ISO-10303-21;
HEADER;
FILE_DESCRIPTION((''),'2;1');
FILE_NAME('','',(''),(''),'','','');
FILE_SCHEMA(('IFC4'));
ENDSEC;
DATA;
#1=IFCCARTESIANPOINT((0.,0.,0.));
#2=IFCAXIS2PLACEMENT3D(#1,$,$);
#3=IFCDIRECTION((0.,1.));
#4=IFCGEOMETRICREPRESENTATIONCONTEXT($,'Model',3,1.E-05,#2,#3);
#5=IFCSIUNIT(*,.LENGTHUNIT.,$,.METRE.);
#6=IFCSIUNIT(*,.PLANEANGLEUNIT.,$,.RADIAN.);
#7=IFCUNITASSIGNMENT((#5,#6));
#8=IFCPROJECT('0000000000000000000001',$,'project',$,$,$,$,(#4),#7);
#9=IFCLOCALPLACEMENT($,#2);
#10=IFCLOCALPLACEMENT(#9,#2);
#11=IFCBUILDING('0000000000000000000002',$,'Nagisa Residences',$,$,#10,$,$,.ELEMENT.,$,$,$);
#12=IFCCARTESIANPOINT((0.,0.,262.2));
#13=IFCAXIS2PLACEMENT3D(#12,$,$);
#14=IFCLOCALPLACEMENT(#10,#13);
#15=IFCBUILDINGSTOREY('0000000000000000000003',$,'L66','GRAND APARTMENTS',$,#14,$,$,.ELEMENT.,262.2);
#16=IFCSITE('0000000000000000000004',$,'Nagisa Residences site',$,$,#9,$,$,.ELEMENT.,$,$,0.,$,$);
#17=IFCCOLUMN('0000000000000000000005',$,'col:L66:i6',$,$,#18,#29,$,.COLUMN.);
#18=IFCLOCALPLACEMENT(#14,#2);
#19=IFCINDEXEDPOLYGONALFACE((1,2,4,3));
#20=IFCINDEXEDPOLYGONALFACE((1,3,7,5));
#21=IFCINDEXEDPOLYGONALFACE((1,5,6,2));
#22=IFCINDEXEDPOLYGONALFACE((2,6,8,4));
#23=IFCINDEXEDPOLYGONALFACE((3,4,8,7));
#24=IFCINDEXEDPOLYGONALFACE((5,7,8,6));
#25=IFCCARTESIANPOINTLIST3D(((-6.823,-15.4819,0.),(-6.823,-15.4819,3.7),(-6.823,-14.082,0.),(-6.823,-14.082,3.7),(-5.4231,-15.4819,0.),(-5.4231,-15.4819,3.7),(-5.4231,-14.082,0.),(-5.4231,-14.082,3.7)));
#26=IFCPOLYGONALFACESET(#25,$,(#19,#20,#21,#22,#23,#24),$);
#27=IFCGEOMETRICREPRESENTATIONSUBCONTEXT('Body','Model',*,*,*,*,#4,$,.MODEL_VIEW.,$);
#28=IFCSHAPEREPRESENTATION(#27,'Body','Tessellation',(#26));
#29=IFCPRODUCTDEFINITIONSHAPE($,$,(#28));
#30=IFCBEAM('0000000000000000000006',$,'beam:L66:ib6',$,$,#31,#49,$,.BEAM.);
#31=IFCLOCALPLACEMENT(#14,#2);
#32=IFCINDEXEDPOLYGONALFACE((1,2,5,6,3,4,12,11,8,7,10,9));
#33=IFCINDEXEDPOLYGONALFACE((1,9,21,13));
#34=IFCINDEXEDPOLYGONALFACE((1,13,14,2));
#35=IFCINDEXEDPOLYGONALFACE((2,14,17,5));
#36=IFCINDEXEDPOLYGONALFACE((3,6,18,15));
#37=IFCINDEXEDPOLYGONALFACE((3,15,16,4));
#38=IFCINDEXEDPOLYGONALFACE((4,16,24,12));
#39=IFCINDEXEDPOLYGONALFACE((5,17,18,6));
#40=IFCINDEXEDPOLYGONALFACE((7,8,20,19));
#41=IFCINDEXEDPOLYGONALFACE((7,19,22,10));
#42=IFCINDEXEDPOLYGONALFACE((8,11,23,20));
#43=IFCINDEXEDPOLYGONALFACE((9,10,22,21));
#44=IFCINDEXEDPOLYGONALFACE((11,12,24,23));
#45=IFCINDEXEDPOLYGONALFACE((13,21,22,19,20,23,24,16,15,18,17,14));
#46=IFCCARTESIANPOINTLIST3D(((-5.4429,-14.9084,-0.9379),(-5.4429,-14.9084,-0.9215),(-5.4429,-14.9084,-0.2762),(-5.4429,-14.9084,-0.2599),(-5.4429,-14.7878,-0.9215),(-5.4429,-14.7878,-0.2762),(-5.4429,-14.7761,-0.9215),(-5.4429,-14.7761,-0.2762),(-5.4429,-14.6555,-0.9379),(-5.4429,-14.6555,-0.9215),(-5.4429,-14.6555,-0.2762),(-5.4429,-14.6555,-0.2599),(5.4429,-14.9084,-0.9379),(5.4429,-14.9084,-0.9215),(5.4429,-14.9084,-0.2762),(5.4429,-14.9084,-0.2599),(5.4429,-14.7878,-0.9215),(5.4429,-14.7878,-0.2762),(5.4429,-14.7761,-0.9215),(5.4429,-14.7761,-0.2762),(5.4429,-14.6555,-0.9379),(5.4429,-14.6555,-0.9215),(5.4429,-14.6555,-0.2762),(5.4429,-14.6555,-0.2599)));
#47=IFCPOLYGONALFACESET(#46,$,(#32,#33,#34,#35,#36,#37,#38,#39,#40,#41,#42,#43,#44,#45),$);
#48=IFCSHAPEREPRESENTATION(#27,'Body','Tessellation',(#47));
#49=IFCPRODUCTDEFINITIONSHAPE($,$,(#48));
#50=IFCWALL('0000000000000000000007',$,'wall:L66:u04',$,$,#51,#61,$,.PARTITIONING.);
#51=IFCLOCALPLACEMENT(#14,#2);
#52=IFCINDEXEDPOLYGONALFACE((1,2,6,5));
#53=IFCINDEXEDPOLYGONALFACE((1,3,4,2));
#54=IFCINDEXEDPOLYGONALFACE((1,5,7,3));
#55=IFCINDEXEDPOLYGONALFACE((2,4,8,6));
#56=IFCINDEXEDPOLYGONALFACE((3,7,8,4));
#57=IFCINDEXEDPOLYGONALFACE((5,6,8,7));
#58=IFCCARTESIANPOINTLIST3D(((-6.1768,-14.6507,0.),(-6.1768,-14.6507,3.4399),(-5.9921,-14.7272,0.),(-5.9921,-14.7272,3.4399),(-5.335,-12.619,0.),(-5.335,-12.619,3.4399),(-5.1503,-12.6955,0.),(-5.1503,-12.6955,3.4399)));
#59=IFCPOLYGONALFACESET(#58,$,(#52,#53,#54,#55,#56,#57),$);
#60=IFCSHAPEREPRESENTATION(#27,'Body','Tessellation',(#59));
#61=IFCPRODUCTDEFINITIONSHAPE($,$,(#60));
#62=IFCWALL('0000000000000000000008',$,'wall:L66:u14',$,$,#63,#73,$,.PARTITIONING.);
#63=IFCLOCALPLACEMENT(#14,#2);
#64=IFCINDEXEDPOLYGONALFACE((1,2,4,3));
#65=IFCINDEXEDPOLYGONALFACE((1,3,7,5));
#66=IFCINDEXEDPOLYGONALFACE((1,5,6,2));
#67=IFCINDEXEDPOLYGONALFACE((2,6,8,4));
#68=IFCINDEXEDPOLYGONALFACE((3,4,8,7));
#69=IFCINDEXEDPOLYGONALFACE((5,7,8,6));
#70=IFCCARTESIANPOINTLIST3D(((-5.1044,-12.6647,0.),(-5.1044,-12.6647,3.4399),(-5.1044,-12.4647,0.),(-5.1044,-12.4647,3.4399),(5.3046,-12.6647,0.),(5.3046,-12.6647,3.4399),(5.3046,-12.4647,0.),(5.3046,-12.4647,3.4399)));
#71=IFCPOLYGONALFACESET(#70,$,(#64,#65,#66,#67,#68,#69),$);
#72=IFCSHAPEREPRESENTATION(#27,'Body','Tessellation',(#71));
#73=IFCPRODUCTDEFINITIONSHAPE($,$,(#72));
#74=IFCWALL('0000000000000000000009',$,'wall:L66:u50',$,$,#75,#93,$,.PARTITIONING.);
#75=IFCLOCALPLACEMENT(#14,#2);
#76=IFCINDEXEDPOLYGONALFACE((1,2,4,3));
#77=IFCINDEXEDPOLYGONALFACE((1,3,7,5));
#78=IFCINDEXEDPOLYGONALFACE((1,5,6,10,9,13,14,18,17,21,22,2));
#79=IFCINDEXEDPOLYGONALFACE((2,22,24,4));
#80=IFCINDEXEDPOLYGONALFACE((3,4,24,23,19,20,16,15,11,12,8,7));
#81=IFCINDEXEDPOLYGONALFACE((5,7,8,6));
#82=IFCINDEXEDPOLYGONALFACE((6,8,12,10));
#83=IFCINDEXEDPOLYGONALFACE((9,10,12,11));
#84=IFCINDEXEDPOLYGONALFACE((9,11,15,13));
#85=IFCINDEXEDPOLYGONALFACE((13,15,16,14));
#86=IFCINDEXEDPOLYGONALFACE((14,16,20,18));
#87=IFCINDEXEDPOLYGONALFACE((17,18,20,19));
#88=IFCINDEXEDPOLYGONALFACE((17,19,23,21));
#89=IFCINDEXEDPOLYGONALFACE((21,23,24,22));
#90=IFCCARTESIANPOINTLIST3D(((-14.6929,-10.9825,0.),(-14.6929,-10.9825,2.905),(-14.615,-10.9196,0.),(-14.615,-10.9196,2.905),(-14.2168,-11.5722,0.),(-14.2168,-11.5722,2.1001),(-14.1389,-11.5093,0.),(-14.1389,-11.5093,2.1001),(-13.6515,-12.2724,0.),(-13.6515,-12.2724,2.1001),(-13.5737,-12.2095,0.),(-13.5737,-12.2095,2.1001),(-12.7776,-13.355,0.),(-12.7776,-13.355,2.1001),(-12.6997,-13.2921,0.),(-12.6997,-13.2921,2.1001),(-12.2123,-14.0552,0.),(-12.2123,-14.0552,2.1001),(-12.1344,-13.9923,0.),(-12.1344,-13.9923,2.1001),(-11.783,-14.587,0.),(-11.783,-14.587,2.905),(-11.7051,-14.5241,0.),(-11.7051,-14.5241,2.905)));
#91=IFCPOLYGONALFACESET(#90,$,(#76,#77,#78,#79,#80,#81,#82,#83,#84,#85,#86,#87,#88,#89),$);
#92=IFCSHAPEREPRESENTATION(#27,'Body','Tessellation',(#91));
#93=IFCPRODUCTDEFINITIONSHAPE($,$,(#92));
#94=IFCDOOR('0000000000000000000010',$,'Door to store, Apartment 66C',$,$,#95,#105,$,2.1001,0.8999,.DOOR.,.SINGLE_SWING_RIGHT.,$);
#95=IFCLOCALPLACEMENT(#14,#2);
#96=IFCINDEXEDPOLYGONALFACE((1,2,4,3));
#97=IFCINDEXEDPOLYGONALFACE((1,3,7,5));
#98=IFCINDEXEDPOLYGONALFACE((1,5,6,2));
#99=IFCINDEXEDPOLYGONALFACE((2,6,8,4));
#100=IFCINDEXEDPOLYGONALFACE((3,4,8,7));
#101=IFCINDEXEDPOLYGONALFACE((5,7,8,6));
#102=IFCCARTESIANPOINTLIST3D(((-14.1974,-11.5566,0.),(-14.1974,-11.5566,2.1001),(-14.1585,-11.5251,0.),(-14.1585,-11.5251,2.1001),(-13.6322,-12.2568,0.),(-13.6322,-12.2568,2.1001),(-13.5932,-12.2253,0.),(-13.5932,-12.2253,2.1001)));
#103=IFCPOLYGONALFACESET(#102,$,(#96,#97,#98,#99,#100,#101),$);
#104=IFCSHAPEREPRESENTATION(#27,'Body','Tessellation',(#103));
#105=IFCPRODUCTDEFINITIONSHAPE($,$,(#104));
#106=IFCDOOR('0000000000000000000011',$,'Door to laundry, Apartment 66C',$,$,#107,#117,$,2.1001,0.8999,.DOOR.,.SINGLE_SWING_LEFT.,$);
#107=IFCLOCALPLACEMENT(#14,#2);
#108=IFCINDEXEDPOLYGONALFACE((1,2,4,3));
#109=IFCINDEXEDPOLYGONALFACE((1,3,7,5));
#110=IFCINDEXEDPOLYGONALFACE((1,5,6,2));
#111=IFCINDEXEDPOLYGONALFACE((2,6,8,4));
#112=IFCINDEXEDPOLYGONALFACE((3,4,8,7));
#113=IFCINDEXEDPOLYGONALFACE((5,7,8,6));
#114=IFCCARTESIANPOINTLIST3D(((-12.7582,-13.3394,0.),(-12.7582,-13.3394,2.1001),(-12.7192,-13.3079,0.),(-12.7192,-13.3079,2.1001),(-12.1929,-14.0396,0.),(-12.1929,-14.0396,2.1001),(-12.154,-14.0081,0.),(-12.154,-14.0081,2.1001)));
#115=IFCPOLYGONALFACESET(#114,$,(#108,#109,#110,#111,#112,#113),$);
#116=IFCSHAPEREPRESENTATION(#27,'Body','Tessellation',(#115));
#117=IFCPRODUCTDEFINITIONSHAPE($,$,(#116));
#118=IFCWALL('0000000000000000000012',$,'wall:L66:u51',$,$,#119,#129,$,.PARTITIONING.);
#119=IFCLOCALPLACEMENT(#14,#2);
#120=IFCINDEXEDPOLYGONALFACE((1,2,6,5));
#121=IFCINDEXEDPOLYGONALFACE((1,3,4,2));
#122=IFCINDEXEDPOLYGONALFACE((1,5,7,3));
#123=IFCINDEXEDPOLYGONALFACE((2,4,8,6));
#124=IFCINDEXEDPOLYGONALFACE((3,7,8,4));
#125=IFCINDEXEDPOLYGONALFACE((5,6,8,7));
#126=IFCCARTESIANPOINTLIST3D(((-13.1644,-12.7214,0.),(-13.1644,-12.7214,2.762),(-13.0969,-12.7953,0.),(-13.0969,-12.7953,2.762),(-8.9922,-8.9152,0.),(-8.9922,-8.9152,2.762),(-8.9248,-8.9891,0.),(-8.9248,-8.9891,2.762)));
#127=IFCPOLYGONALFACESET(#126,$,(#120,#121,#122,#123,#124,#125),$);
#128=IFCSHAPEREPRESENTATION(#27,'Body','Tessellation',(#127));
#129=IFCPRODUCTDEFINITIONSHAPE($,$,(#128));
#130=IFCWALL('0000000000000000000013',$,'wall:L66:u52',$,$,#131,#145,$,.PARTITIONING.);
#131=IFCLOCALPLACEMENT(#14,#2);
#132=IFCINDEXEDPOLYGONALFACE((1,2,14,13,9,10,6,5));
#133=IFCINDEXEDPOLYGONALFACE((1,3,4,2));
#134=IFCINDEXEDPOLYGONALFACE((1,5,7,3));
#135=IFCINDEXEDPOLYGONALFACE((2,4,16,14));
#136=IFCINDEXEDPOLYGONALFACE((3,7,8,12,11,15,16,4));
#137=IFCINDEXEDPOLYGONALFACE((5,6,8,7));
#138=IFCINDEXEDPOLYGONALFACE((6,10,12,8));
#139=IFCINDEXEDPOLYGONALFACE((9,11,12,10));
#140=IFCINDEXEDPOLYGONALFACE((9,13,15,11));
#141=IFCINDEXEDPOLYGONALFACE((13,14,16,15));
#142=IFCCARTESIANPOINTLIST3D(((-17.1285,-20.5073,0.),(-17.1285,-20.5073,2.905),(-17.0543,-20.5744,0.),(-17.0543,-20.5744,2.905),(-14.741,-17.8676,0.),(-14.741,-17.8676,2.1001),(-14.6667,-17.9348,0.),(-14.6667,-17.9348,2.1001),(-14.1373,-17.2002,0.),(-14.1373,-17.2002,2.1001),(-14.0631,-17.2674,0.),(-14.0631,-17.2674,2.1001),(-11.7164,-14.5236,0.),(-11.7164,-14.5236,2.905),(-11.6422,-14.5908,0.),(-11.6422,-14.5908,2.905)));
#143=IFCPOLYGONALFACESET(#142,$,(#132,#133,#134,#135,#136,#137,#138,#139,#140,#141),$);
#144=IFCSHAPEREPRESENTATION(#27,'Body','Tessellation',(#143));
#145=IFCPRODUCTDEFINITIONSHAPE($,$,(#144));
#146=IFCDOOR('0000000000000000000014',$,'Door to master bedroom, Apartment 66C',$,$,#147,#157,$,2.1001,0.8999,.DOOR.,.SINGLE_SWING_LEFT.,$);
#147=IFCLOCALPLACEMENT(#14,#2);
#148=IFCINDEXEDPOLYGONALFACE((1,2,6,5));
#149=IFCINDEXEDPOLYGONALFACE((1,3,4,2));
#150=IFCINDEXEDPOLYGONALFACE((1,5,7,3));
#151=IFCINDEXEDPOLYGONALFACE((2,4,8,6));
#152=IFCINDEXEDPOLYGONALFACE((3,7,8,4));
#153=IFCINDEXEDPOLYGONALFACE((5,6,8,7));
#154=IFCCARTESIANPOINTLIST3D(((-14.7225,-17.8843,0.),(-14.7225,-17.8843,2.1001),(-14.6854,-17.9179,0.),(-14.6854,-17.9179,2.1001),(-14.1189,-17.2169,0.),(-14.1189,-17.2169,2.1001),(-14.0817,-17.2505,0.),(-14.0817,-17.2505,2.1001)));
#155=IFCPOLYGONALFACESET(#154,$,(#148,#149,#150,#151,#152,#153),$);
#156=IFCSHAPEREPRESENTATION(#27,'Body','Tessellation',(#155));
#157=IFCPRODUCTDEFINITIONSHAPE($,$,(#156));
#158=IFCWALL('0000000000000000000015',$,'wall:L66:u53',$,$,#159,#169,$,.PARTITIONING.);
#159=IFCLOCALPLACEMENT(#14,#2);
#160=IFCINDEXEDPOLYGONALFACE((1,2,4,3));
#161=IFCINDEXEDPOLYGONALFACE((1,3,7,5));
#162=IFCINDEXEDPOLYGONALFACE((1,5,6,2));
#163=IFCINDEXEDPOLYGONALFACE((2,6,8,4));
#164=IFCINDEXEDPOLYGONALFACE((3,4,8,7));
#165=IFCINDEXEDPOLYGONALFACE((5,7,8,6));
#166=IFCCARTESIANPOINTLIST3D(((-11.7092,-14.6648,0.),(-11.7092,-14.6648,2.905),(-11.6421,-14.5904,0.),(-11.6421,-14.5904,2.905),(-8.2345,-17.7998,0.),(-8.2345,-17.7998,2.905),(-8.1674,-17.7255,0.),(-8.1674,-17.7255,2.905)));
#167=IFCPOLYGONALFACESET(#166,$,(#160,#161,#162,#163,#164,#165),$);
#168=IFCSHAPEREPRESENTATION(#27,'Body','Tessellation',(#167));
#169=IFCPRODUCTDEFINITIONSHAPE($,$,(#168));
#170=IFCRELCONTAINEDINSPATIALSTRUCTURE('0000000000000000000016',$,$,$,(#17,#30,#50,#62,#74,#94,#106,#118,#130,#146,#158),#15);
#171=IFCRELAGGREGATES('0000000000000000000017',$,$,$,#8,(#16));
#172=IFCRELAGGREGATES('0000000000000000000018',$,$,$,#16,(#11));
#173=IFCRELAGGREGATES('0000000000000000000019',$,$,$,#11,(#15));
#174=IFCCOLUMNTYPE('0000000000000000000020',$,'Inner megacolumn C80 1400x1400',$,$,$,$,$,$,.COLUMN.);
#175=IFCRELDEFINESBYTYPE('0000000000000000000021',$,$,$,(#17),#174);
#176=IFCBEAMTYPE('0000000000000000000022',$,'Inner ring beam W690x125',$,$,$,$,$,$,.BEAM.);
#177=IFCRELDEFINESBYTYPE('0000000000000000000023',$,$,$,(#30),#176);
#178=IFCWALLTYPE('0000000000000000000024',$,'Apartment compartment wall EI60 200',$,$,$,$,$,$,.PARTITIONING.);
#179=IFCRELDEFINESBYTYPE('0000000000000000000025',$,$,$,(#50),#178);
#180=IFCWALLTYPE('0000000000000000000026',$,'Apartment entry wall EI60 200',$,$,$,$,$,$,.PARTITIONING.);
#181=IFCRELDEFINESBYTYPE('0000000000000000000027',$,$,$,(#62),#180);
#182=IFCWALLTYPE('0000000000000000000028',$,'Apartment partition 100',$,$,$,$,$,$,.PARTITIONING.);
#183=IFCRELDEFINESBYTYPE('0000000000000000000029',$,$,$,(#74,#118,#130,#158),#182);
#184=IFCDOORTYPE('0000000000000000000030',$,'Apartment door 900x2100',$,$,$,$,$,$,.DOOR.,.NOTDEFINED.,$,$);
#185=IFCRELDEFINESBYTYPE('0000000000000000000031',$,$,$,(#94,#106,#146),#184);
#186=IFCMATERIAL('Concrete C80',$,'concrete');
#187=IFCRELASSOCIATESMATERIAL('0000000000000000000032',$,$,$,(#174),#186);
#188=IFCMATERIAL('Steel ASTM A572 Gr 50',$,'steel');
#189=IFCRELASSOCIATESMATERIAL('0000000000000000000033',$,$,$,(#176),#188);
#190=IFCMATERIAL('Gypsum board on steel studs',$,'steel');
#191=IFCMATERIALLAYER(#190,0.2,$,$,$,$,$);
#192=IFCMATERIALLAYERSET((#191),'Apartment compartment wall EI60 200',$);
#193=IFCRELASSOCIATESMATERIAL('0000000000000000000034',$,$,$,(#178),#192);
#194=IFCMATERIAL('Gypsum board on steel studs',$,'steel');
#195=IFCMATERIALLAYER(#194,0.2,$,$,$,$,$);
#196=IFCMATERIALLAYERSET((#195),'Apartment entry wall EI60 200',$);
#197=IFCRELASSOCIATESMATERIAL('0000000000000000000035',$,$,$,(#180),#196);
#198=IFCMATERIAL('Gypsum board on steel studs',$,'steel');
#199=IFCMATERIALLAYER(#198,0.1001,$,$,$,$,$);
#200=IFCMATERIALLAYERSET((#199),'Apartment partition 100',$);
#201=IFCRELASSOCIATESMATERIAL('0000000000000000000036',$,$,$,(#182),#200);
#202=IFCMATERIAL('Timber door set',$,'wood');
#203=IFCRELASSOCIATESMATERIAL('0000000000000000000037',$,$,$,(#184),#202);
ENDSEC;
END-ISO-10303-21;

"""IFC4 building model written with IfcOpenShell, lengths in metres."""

from ifc_helpers import new_model, si_unit, direction, frame, frame_2d, origin, origin_2d, place, context, subcontext, project, spatial, rectangle, i_section, extrude, material, layer, layer_set, material_profile, profile_set, type_object, element, fill, save


model = new_model("IFC4")

# Units and contexts
model_context = context("Model", 3, precision=1e-05, world=origin(), true_north=direction((0.0, 1.0)))
body_context = subcontext(model_context, "Body", "Model", "MODEL_VIEW")
ifc_project = project(units=[si_unit("LENGTHUNIT", "METRE"), si_unit("PLANEANGLEUNIT", "RADIAN")], contexts=[model_context])

# Site, building, storey
site_placement = place(None, origin())
site = spatial("IfcSite", under=ifc_project, at=site_placement, Name="Nagisa Residences site", CompositionType="ELEMENT", RefElevation=0.0)
building_placement = place(site_placement, origin())
building = spatial("IfcBuilding", under=site, at=building_placement, Name="Nagisa Residences", CompositionType="ELEMENT")
storey_placement = place(building_placement, frame((0.0, 0.0, 262.2)))
storey = spatial("IfcBuildingStorey", under=building, at=storey_placement, Name="L66", Description="GRAND APARTMENTS", CompositionType="ELEMENT", Elevation=262.2)

# Column
ifc_material_1 = material(Name="Concrete C80", Category="concrete")
ifc_material_profile_1 = material_profile(ifc_material_1, rectangle(XDim=1.3999, YDim=1.3999, at=origin_2d()), Name="C80 1400x1400")
ifc_profile_set_1 = profile_set([ifc_material_profile_1], Name="Concrete C80")
column_type = type_object("IfcColumnType", Name="Inner megacolumn C80 1400x1400", PredefinedType="COLUMN", material=ifc_profile_set_1)
column_placement = place(storey_placement, frame((-6.123, -14.782, 0.0), z_axis=(0.0, 0.0, 1.0), x_axis=(1.0, 0.0, 0.0)))
element("IfcColumn", 1, at=column_placement, inside=storey, type_object=column_type, Name="col:L66:i6", PredefinedType="COLUMN", context=body_context, shape_type="SweptSolid", body=[
    extrude(rectangle(XDim=1.3999, YDim=1.3999, at=origin_2d()), origin(), (0.0, 0.0, 1.0), 3.7),
])

# Beam
ifc_material_2 = material(Name="Steel ASTM A572 Gr 50", Category="steel")
ifc_material_profile_2 = material_profile(ifc_material_2, i_section(OverallWidth=0.2529, OverallDepth=0.678, WebThickness=0.0117, FlangeThickness=0.0164, at=origin_2d()), Name="W690x125")
ifc_profile_set_2 = profile_set([ifc_material_profile_2], Name="Steel ASTM A572 Gr 50")
beam_type = type_object("IfcBeamType", Name="Inner ring beam W690x125", PredefinedType="BEAM", material=ifc_profile_set_2)
beam_placement = place(storey_placement, frame((-5.4429, -14.782, -0.5989), z_axis=(1.0, 0.0, 0.0), x_axis=(0.0, 1.0, 0.0)))
element("IfcBeam", 2, at=beam_placement, inside=storey, type_object=beam_type, Name="beam:L66:ib6", PredefinedType="BEAM", context=body_context, shape_type="SweptSolid", body=[
    extrude(i_section(OverallWidth=0.2529, OverallDepth=0.678, WebThickness=0.0117, FlangeThickness=0.0164, at=origin_2d()), origin(), (0.0, 0.0, 1.0), 10.8857),
])

# Walls
ifc_material_3 = material(Name="Gypsum board on steel studs", Category="steel")
ifc_layer_1 = layer(ifc_material_3, 0.2)
ifc_layer_set_1 = layer_set([ifc_layer_1], Name="Apartment compartment wall EI60 200")
wall_type_1 = type_object("IfcWallType", Name="Apartment compartment wall EI60 200", PredefinedType="PARTITIONING", material=ifc_layer_set_1)
wall_1_placement = place(storey_placement, frame((-5.2427, -12.6572, 0.0), z_axis=(0.0, 0.0, 1.0), x_axis=(-0.38277, -0.923844, 0.0)))
element("IfcWall", 3, at=wall_1_placement, inside=storey, type_object=wall_type_1, Name="wall:L66:u04", PredefinedType="PARTITIONING", context=body_context, shape_type="SweptSolid", body=[
    extrude(rectangle(XDim=2.1992, YDim=0.2, at=frame_2d((1.0996, 0.0))), origin(), (0.0, 0.0, 1.0), 3.4399),
])
ifc_material_4 = material(Name="Gypsum board on steel studs", Category="steel")
ifc_layer_2 = layer(ifc_material_4, 0.2)
ifc_layer_set_2 = layer_set([ifc_layer_2], Name="Apartment entry wall EI60 200")
wall_type_2 = type_object("IfcWallType", Name="Apartment entry wall EI60 200", PredefinedType="PARTITIONING", material=ifc_layer_set_2)
wall_2_placement = place(storey_placement, frame((-5.1045, -12.5647, 0.0), z_axis=(0.0, 0.0, 1.0), x_axis=(1.0, 0.0, 0.0)))
element("IfcWall", 4, at=wall_2_placement, inside=storey, type_object=wall_type_2, Name="wall:L66:u14", PredefinedType="PARTITIONING", context=body_context, shape_type="SweptSolid", body=[
    extrude(rectangle(XDim=10.4089, YDim=0.2, at=frame_2d((5.2046, 0.0))), origin(), (0.0, 0.0, 1.0), 3.4399),
])

# Wall, openings, doors
ifc_material_5 = material(Name="Gypsum board on steel studs", Category="steel")
ifc_layer_3 = layer(ifc_material_5, 0.1001)
ifc_layer_set_3 = layer_set([ifc_layer_3], Name="Apartment partition 100")
wall_type_3 = type_object("IfcWallType", Name="Apartment partition 100", PredefinedType="PARTITIONING", material=ifc_layer_set_3)
wall_3_placement = place(storey_placement, frame((-14.6541, -10.9509, 0.0), z_axis=(0.0, 0.0, 1.0), x_axis=(0.628153, -0.77809, 0.0)))
wall_3 = element("IfcWall", 5, at=wall_3_placement, inside=storey, type_object=wall_type_3, Name="wall:L66:u50", PredefinedType="PARTITIONING", context=body_context, shape_type="SweptSolid", body=[
    extrude(rectangle(XDim=4.6326, YDim=0.1001, at=frame_2d((2.3164, 0.0))), origin(), (0.0, 0.0, 1.0), 2.905),
])
opening_1_placement = place(wall_3_placement, frame((0.7581, 0.0, 0.0)))
opening_1 = element("IfcOpeningElement", 6, at=opening_1_placement, cuts=wall_3, PredefinedType="OPENING", context=body_context, shape_type="SweptSolid", body=[
    extrude(rectangle(XDim=0.8999, YDim=2.1001, at=frame_2d((0.45, 1.05))), frame((0.0, 0.0601, 0.0), z_axis=(0.0, -1.0, 0.0), x_axis=(1.0, 0.0, 0.0)), (0.0, 0.0, 1.0), 0.1201),
])
opening_2_placement = place(wall_3_placement, frame((3.0493, 0.0, 0.0)))
opening_2 = element("IfcOpeningElement", 7, at=opening_2_placement, cuts=wall_3, PredefinedType="OPENING", context=body_context, shape_type="SweptSolid", body=[
    extrude(rectangle(XDim=0.8999, YDim=2.1001, at=frame_2d((0.45, 1.05))), frame((0.0, 0.0601, 0.0), z_axis=(0.0, -1.0, 0.0), x_axis=(1.0, 0.0, 0.0)), (0.0, 0.0, 1.0), 0.1201),
])
ifc_material_6 = material(Name="Timber door set", Category="wood")
door_type = type_object("IfcDoorType", Name="Apartment door 900x2100", OperationType="NOTDEFINED", PredefinedType="DOOR", material=ifc_material_6)
door_1_placement = place(opening_1_placement, origin())
door_1 = element("IfcDoor", 8, at=door_1_placement, inside=storey, type_object=door_type, Name="Door to store, Apartment 66C", OperationType="SINGLE_SWING_RIGHT", OverallHeight=2.1001, OverallWidth=0.8999, PredefinedType="DOOR", context=body_context, shape_type="SweptSolid", body=[
    extrude(rectangle(XDim=0.8999, YDim=2.1001, at=frame_2d((0.45, 1.05))), frame((0.0, 0.0249, 0.0), z_axis=(0.0, -1.0, 0.0), x_axis=(1.0, 0.0, 0.0)), (0.0, 0.0, 1.0), 0.05),
])
fill(opening_1, door_1)
door_2_placement = place(opening_2_placement, origin())
door_2 = element("IfcDoor", 9, at=door_2_placement, inside=storey, type_object=door_type, Name="Door to laundry, Apartment 66C", OperationType="SINGLE_SWING_LEFT", OverallHeight=2.1001, OverallWidth=0.8999, PredefinedType="DOOR", context=body_context, shape_type="SweptSolid", body=[
    extrude(rectangle(XDim=0.8999, YDim=2.1001, at=frame_2d((0.45, 1.05))), frame((0.0, 0.0249, 0.0), z_axis=(0.0, -1.0, 0.0), x_axis=(1.0, 0.0, 0.0)), (0.0, 0.0, 1.0), 0.05),
])
fill(opening_2, door_2)

# Wall
wall_4_placement = place(storey_placement, frame((-8.9585, -8.9521, 0.0), z_axis=(0.0, 0.0, 1.0), x_axis=(-0.738765, -0.673963, 0.0)))
element("IfcWall", 10, at=wall_4_placement, inside=storey, type_object=wall_type_3, Name="wall:L66:u51", PredefinedType="PARTITIONING", context=body_context, shape_type="SweptSolid", body=[
    extrude(rectangle(XDim=5.6475, YDim=0.1001, at=frame_2d((2.8237, 0.0))), origin(), (0.0, 0.0, 1.0), 2.762),
])

# Wall, opening, door
wall_5_placement = place(storey_placement, frame((-11.6792, -14.5571, 0.0), z_axis=(0.0, 0.0, 1.0), x_axis=(-0.6708, -0.741638, 0.0)))
wall_5 = element("IfcWall", 11, at=wall_5_placement, inside=storey, type_object=wall_type_3, Name="wall:L66:u52", PredefinedType="PARTITIONING", context=body_context, shape_type="SweptSolid", body=[
    extrude(rectangle(XDim=8.0681, YDim=0.1001, at=frame_2d((4.0342, 0.0))), origin(), (0.0, 0.0, 1.0), 2.905),
])
opening_3_placement = place(wall_5_placement, frame((3.6091, 0.0, 0.0)))
opening_3 = element("IfcOpeningElement", 12, at=opening_3_placement, cuts=wall_5, PredefinedType="OPENING", context=body_context, shape_type="SweptSolid", body=[
    extrude(rectangle(XDim=0.8999, YDim=2.1001, at=frame_2d((0.45, 1.05))), frame((0.0, 0.0601, 0.0), z_axis=(0.0, -1.0, 0.0), x_axis=(1.0, 0.0, 0.0)), (0.0, 0.0, 1.0), 0.1201),
])
door_3_placement = place(opening_3_placement, origin())
door_3 = element("IfcDoor", 13, at=door_3_placement, inside=storey, type_object=door_type, Name="Door to master bedroom, Apartment 66C", OperationType="SINGLE_SWING_LEFT", OverallHeight=2.1001, OverallWidth=0.8999, PredefinedType="DOOR", context=body_context, shape_type="SweptSolid", body=[
    extrude(rectangle(XDim=0.8999, YDim=2.1001, at=frame_2d((0.45, 1.05))), frame((0.0, 0.0249, 0.0), z_axis=(0.0, -1.0, 0.0), x_axis=(1.0, 0.0, 0.0)), (0.0, 0.0, 1.0), 0.05),
])
fill(opening_3, door_3)

# Wall
wall_6_placement = place(storey_placement, frame((-11.6755, -14.6277, 0.0), z_axis=(0.0, 0.0, 1.0), x_axis=(0.742458, -0.669892, 0.0)))
element("IfcWall", 14, at=wall_6_placement, inside=storey, type_object=wall_type_3, Name="wall:L66:u53", PredefinedType="PARTITIONING", context=body_context, shape_type="SweptSolid", body=[
    extrude(rectangle(XDim=4.6799, YDim=0.1001, at=frame_2d((2.3398, 0.0))), origin(), (0.0, 0.0, 1.0), 2.905),
])

save(model, "model.ifc")
